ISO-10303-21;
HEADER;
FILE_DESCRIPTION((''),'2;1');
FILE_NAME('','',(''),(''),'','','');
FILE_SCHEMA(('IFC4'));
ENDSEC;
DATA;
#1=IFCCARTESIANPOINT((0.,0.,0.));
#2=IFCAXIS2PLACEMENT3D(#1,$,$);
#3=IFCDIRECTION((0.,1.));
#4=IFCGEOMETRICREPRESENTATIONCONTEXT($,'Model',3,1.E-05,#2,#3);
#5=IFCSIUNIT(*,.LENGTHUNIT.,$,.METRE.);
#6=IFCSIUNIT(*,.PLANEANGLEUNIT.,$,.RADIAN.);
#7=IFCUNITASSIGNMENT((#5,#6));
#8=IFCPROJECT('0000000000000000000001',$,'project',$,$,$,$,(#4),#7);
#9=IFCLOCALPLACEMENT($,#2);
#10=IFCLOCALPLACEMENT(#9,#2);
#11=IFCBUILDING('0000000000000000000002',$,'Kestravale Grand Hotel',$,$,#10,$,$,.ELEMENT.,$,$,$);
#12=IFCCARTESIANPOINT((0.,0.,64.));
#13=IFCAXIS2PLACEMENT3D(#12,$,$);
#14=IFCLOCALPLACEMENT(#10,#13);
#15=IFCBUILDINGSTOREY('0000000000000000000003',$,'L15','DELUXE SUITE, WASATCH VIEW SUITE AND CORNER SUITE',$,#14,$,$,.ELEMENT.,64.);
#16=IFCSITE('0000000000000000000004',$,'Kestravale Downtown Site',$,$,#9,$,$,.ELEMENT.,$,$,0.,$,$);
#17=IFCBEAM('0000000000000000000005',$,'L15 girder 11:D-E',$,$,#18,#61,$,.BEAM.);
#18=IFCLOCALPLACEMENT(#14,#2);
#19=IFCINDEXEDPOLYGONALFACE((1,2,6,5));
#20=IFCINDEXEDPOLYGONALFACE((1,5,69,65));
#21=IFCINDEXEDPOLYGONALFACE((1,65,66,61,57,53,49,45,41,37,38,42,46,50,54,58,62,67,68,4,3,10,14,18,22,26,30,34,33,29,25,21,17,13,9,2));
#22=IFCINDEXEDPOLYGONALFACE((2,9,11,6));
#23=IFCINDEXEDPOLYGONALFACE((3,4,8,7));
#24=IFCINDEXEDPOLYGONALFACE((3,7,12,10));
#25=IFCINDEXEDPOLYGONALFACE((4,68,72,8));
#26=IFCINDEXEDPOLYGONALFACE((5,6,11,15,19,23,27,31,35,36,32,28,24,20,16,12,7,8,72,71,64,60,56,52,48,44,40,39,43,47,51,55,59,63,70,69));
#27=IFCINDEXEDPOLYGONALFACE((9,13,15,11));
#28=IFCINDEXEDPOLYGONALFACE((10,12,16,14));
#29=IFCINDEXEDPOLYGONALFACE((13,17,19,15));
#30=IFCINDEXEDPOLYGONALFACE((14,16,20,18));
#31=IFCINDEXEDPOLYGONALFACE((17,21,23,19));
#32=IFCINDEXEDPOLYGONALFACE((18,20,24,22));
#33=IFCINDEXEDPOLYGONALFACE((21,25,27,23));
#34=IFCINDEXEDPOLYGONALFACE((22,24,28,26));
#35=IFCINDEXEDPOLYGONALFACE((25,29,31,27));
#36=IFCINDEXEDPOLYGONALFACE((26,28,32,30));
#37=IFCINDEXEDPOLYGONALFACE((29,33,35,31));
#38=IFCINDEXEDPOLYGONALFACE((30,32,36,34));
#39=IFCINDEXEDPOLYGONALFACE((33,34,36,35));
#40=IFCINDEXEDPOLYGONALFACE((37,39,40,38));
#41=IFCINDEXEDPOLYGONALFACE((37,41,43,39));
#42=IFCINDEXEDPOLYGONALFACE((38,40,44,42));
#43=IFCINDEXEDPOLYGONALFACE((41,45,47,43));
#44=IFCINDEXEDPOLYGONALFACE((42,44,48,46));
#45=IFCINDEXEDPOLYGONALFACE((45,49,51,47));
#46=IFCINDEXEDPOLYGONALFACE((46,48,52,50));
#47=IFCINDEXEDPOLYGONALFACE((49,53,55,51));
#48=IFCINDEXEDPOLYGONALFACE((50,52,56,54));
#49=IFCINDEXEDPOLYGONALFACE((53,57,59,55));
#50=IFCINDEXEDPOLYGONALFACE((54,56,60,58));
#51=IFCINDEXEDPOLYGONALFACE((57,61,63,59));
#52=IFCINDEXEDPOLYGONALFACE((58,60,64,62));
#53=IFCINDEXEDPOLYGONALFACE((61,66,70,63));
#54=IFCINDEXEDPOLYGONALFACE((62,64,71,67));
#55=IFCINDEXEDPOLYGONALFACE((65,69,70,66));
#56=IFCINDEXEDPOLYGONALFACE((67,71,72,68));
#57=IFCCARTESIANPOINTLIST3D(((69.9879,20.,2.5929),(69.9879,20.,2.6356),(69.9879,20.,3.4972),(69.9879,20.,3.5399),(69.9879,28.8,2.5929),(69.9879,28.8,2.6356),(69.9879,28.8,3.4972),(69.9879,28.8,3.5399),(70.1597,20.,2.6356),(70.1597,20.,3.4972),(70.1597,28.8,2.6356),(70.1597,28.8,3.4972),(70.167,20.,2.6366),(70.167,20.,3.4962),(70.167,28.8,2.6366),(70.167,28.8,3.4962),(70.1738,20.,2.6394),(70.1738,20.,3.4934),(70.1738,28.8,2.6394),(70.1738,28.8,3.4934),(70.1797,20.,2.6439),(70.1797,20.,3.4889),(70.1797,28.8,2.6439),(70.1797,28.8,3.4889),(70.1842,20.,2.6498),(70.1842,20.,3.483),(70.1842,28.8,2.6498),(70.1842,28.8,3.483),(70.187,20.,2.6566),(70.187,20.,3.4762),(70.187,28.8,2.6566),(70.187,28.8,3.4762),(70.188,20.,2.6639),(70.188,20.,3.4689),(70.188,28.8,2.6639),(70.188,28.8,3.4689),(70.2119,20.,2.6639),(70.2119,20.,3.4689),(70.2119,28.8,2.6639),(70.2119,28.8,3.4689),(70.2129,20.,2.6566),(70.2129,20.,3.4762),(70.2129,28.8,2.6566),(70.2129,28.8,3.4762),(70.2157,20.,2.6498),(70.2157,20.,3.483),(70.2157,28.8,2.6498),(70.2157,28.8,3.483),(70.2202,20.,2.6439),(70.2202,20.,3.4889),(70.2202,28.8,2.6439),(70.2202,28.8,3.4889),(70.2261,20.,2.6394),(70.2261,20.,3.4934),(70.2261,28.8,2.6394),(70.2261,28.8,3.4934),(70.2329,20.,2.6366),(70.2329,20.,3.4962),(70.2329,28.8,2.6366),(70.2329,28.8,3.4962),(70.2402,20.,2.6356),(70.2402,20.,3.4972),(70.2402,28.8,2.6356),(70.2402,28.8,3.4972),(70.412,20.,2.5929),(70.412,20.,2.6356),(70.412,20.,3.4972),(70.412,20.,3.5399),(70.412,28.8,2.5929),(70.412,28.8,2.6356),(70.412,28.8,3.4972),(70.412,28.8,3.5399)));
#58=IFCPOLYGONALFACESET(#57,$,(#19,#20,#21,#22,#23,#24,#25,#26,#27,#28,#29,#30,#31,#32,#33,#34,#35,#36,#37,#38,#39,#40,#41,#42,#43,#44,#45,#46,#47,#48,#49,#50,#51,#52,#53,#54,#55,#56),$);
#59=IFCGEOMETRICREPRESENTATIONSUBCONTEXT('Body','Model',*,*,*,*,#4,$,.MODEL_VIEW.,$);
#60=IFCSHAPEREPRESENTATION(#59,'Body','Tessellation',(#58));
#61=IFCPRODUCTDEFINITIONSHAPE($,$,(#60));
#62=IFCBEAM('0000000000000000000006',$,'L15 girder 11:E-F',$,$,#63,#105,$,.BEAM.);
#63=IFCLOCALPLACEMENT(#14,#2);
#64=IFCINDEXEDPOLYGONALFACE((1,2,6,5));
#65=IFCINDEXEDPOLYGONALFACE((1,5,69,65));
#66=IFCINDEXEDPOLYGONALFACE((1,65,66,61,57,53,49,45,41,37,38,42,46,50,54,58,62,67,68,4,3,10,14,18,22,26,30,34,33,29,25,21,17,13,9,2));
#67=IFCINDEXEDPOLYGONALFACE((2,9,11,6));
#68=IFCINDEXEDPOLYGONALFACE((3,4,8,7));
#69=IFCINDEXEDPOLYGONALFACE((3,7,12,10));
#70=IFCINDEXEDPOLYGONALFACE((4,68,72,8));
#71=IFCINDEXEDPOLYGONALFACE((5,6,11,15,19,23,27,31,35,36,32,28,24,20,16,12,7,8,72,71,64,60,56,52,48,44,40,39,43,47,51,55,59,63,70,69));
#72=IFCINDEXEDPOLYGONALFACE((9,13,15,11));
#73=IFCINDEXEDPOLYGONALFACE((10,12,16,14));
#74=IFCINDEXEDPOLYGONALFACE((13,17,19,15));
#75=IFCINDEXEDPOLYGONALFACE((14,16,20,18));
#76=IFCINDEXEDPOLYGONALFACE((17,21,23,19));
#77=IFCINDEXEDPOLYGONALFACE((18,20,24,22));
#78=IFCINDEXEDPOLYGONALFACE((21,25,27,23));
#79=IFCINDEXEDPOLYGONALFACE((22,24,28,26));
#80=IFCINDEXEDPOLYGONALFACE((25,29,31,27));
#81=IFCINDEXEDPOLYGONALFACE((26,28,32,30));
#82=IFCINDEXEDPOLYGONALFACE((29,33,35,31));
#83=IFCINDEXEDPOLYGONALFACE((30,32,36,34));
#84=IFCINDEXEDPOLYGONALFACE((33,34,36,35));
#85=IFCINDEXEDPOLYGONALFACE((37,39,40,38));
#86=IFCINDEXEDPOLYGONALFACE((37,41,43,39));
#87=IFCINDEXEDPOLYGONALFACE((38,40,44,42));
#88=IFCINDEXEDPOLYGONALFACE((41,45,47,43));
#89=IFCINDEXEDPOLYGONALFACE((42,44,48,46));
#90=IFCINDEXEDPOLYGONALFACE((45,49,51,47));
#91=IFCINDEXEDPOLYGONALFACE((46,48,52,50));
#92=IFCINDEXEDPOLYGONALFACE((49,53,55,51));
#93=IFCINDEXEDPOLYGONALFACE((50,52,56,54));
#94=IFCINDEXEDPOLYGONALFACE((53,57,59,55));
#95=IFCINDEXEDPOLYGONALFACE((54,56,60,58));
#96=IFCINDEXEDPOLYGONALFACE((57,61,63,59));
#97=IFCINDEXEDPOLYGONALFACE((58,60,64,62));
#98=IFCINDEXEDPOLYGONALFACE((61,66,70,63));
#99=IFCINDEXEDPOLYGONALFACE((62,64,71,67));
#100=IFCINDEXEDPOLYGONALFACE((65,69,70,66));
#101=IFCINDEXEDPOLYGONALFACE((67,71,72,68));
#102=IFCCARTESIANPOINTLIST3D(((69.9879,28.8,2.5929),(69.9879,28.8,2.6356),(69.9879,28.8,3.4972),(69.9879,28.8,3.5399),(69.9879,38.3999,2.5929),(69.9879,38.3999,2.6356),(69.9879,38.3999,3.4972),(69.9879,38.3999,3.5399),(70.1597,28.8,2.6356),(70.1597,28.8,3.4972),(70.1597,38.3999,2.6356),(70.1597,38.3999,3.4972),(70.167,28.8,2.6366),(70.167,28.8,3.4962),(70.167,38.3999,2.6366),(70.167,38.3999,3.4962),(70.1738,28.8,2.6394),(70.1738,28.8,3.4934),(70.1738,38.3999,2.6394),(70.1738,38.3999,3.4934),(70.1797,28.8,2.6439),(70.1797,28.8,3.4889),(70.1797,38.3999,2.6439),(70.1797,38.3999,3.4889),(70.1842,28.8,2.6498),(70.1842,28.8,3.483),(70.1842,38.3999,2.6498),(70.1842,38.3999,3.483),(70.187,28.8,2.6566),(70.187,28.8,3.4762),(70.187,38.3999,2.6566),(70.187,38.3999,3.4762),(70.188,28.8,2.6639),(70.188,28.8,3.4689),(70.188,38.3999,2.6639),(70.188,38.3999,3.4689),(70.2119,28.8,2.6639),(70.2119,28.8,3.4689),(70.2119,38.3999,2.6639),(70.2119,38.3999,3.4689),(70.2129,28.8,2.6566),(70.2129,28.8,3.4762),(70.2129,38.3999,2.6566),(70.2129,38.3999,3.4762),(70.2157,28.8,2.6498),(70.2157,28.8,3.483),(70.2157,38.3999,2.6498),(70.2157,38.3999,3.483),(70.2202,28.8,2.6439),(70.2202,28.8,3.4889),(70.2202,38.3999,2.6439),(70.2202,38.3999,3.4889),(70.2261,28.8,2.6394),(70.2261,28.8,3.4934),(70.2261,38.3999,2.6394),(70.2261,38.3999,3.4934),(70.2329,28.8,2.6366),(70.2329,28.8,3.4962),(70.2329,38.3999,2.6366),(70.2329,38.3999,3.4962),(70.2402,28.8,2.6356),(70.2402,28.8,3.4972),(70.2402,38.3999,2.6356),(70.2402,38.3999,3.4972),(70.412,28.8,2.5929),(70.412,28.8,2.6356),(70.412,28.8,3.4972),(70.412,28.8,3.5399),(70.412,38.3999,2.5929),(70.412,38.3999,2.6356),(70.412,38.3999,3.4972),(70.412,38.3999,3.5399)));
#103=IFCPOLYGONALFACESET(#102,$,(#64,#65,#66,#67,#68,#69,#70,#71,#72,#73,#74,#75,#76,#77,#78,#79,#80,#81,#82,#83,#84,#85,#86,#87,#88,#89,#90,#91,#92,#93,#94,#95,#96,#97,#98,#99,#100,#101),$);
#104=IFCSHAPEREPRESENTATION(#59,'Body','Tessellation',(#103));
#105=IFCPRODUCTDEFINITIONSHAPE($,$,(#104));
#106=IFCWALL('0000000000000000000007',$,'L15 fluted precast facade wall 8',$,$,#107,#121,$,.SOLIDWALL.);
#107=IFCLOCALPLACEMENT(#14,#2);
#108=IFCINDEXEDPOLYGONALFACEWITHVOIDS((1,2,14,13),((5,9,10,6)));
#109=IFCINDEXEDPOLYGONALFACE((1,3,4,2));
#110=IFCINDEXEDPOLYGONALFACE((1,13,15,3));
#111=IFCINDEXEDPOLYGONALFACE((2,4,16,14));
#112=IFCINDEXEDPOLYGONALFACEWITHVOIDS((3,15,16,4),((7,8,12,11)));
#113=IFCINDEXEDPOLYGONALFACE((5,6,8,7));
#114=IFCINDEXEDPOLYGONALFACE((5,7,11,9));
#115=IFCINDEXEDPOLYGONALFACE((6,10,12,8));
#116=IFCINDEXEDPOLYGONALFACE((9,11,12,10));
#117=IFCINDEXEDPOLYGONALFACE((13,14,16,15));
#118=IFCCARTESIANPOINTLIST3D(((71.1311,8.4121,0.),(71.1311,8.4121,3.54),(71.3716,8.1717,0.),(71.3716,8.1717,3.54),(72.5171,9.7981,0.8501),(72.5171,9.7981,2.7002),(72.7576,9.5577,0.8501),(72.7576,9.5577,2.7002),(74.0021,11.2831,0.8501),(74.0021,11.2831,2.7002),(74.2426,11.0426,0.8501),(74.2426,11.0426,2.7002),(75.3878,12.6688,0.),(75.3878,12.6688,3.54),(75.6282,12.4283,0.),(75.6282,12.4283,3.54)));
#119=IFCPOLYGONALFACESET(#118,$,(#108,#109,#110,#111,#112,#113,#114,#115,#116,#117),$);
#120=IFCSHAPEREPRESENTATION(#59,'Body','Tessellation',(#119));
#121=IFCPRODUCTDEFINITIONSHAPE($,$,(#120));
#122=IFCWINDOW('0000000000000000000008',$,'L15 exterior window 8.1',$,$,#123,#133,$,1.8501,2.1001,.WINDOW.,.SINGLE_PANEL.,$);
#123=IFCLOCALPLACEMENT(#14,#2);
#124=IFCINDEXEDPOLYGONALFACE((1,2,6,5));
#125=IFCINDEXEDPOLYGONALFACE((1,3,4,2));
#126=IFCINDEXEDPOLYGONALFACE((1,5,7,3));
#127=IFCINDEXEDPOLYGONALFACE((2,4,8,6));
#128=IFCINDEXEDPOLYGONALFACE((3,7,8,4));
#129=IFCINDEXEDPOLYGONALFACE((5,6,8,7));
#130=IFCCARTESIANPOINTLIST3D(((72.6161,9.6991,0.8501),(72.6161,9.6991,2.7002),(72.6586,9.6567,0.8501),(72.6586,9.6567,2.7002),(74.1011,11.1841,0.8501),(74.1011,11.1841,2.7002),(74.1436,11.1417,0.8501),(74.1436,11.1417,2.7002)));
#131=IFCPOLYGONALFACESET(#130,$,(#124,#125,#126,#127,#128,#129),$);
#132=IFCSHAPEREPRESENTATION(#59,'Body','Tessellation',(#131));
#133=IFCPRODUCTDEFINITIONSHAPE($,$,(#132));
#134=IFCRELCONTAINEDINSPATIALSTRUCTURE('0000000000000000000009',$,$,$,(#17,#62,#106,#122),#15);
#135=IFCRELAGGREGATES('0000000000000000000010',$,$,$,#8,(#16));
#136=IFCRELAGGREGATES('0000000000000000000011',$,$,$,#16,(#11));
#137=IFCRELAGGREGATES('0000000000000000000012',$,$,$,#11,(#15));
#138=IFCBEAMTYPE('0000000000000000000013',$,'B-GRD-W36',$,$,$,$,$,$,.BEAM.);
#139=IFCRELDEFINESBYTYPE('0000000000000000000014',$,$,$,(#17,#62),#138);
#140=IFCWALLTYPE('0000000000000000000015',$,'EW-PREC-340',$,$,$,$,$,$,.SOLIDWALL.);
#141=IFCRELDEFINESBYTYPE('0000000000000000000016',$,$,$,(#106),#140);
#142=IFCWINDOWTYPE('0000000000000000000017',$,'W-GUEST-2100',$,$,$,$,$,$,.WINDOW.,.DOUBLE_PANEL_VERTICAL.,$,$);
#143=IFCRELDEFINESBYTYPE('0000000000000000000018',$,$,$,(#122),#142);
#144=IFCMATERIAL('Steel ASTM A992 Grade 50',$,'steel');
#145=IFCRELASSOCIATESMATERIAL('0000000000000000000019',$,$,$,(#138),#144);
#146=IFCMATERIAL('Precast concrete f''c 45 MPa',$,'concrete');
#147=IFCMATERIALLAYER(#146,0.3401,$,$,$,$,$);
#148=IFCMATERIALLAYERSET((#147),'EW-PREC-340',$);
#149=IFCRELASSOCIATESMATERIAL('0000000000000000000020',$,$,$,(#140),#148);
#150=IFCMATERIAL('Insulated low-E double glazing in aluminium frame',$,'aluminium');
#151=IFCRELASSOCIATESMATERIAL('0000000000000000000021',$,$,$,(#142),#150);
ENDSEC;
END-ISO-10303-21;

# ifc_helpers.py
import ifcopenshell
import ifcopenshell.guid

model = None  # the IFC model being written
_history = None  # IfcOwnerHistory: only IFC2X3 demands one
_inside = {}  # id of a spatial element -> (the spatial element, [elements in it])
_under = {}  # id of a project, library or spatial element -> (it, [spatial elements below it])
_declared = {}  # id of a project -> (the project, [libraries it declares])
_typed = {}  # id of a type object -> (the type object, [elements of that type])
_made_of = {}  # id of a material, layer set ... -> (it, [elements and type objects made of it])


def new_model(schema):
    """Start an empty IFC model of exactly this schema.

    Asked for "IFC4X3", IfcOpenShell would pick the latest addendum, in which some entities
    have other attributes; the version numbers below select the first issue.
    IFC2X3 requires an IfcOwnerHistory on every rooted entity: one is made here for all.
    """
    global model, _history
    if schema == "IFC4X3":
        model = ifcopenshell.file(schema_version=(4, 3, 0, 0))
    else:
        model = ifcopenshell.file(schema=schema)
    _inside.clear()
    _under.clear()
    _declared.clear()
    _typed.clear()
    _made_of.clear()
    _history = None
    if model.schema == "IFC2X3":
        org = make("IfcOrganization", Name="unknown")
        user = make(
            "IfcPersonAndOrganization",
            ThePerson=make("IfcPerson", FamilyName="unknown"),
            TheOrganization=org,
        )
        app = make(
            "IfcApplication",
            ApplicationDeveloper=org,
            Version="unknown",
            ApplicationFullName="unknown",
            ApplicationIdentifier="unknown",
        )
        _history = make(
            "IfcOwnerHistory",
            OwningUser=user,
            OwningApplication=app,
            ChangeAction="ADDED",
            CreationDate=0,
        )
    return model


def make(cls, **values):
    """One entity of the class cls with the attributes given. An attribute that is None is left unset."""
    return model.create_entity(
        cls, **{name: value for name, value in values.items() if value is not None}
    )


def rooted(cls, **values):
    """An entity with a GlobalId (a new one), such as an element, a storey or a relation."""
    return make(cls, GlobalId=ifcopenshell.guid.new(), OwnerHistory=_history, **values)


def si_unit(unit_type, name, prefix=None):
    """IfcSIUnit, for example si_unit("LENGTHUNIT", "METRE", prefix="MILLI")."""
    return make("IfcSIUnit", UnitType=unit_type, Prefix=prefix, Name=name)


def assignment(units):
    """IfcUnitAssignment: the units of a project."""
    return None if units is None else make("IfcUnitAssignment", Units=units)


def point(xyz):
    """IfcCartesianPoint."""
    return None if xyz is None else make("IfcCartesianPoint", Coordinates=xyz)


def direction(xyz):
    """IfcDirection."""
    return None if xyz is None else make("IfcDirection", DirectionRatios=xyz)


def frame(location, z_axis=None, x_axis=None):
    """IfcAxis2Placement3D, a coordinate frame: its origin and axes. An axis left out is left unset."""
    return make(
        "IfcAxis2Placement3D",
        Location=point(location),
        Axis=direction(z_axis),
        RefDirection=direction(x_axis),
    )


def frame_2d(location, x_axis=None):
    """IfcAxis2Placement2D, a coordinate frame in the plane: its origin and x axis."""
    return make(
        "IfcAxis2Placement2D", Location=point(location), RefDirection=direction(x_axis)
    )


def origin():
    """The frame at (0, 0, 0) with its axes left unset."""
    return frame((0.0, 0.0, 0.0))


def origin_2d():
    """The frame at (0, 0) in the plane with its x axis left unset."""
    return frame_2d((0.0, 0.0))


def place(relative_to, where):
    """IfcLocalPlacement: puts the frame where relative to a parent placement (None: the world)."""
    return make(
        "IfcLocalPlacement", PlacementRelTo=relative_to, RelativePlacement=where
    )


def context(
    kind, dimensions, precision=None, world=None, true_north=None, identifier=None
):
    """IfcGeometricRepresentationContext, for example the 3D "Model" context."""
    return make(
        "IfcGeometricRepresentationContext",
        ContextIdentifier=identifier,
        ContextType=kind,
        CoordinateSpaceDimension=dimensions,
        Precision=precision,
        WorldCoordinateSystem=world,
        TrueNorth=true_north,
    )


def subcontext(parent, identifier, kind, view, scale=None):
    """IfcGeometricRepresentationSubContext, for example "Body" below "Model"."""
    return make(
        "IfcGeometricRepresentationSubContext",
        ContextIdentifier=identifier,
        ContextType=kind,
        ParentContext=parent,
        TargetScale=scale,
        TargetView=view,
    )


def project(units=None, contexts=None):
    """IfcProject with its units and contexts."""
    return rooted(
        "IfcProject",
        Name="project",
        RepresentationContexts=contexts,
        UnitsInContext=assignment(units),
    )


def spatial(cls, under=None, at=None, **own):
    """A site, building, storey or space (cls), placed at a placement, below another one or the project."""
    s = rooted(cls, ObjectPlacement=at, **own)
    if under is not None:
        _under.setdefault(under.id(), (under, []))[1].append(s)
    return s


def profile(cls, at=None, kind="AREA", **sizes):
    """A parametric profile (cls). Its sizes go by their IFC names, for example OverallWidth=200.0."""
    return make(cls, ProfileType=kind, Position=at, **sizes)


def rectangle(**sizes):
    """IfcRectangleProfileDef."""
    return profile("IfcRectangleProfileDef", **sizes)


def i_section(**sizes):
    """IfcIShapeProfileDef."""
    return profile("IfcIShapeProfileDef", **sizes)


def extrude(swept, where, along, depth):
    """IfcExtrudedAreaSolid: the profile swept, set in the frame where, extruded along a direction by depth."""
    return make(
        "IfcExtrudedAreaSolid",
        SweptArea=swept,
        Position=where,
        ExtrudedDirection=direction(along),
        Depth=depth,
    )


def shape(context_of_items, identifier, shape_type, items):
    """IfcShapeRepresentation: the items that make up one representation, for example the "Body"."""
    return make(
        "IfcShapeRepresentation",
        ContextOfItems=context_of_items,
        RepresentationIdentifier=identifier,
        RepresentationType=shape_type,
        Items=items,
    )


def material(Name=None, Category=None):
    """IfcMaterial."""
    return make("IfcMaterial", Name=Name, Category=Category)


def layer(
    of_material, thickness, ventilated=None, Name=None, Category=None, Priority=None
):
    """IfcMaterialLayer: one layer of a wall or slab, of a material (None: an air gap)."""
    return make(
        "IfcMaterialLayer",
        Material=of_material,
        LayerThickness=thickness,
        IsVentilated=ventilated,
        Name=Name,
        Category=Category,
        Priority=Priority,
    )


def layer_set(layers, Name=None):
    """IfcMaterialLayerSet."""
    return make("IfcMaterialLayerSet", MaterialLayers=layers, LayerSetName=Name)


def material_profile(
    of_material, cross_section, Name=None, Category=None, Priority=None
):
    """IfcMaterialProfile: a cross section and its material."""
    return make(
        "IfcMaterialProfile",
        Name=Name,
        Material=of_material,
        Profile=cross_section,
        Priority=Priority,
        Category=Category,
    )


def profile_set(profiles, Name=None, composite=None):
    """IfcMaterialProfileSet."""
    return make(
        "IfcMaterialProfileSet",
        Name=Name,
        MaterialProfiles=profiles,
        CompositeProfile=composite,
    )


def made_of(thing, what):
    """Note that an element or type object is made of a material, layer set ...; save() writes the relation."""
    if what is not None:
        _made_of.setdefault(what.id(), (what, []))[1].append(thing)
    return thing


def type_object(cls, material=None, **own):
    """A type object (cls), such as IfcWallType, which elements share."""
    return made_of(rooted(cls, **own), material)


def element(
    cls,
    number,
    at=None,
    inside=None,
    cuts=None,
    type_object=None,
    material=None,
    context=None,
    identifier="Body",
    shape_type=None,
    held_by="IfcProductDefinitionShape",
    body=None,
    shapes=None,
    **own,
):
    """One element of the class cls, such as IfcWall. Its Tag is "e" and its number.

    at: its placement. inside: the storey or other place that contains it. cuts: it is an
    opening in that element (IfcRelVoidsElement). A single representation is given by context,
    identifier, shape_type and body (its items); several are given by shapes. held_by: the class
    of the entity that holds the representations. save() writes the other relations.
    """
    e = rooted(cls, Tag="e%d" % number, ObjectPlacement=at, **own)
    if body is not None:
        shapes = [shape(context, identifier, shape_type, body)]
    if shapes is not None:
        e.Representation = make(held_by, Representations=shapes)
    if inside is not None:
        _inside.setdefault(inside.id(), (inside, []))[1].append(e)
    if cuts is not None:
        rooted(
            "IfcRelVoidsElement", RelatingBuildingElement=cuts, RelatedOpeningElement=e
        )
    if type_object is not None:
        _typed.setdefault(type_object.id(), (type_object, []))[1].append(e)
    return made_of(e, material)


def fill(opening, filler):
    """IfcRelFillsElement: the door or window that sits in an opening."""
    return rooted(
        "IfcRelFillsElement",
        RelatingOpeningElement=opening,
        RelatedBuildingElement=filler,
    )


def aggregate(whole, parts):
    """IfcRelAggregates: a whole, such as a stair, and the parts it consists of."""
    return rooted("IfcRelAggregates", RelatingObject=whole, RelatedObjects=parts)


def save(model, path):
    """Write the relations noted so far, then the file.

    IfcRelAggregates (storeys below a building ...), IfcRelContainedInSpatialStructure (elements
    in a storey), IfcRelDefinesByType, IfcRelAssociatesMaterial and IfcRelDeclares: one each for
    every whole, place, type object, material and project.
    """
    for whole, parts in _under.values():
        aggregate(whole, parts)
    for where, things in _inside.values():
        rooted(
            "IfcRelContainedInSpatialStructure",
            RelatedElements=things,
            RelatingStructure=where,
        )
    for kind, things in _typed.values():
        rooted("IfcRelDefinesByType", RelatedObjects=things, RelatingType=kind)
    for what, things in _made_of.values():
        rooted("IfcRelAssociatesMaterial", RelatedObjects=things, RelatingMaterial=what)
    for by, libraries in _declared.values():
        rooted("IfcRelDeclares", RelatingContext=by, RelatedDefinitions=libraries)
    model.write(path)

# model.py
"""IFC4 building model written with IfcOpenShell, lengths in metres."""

from ifc_helpers import new_model, si_unit, direction, frame, frame_2d, origin, origin_2d, place, context, subcontext, project, spatial, rectangle, i_section, extrude, material, layer, layer_set, material_profile, profile_set, type_object, element, fill, save


model = new_model("IFC4")

# Units and contexts
model_context = context("Model", 3, precision=1e-05, world=origin(), true_north=direction((0.0, 1.0)))
body_context = subcontext(model_context, "Body", "Model", "MODEL_VIEW")
ifc_project = project(units=[si_unit("LENGTHUNIT", "METRE"), si_unit("PLANEANGLEUNIT", "RADIAN")], contexts=[model_context])

# Site, building, storey
site_placement = place(None, origin())
site = spatial("IfcSite", under=ifc_project, at=site_placement, Name="Kestravale Downtown Site", CompositionType="ELEMENT", RefElevation=0.0)
building_placement = place(site_placement, origin())
building = spatial("IfcBuilding", under=site, at=building_placement, Name="Kestravale Grand Hotel", CompositionType="ELEMENT")
storey_placement = place(building_placement, frame((0.0, 0.0, 64.0)))
storey = spatial("IfcBuildingStorey", under=building, at=storey_placement, Name="L15", Description="DELUXE SUITE, WASATCH VIEW SUITE AND CORNER SUITE", CompositionType="ELEMENT", Elevation=64.0)

# Beams
ifc_material_1 = material(Name="Steel ASTM A992 Grade 50", Category="steel")
ifc_material_profile_1 = material_profile(ifc_material_1, i_section(OverallWidth=0.4241, OverallDepth=0.947, WebThickness=0.0239, FlangeThickness=0.0427, FilletRadius=0.0283, at=origin_2d()))
ifc_profile_set_1 = profile_set([ifc_material_profile_1], Name="Steel ASTM A992 Grade 50")
beam_type_1 = type_object("IfcBeamType", Name="B-GRD-W36", PredefinedType="BEAM", material=ifc_profile_set_1)
beam_1_placement = place(storey_placement, frame((70.2, 20.0, 3.0664), z_axis=(0.0, 1.0, 0.0), x_axis=(-1.0, 0.0, 0.0)))
element("IfcBeam", 1, at=beam_1_placement, inside=storey, type_object=beam_type_1, Name="L15 girder 11:D-E", PredefinedType="BEAM", context=body_context, shape_type="SweptSolid", body=[
    extrude(i_section(OverallWidth=0.4241, OverallDepth=0.947, WebThickness=0.0239, FlangeThickness=0.0427, FilletRadius=0.0283, at=origin_2d()), origin(), (0.0, 0.0, 1.0), 8.8),
])
beam_2_placement = place(storey_placement, frame((70.2, 28.8, 3.0664), z_axis=(0.0, 1.0, 0.0), x_axis=(-1.0, 0.0, 0.0)))
element("IfcBeam", 2, at=beam_2_placement, inside=storey, type_object=beam_type_1, Name="L15 girder 11:E-F", PredefinedType="BEAM", context=body_context, shape_type="SweptSolid", body=[
    extrude(i_section(OverallWidth=0.4241, OverallDepth=0.947, WebThickness=0.0239, FlangeThickness=0.0427, FilletRadius=0.0283, at=origin_2d()), origin(), (0.0, 0.0, 1.0), 9.5999),
])

# Wall, opening, window
ifc_material_2 = material(Name="Precast concrete f'c 45 MPa", Category="concrete")
ifc_layer_1 = layer(ifc_material_2, 0.3401)
ifc_layer_set_1 = layer_set([ifc_layer_1], Name="EW-PREC-340")
wall_type_1 = type_object("IfcWallType", Name="EW-PREC-340", PredefinedType="SOLIDWALL", material=ifc_layer_set_1)
wall_1_placement = place(storey_placement, frame((71.2515, 8.292, 0.0), z_axis=(0.0, 0.0, 1.0), x_axis=(0.707107, 0.707107, 0.0)))
wall_1 = element("IfcWall", 3, at=wall_1_placement, inside=storey, type_object=wall_type_1, Name="L15 fluted precast facade wall 8", PredefinedType="SOLIDWALL", context=body_context, shape_type="SweptSolid", body=[
    extrude(rectangle(XDim=6.0198, YDim=0.3401, at=frame_2d((3.0098, 0.0))), origin(), (0.0, 0.0, 1.0), 3.54),
])
opening_1_placement = place(wall_1_placement, frame((1.96, 0.0, 0.8501)))
opening_1 = element("IfcOpeningElement", 4, at=opening_1_placement, cuts=wall_1, PredefinedType="OPENING", context=body_context, shape_type="SweptSolid", body=[
    extrude(rectangle(XDim=2.1001, YDim=1.8501, at=frame_2d((1.05, 0.925))), frame((0.0, 0.1799, 0.0), z_axis=(0.0, -1.0, 0.0), x_axis=(1.0, 0.0, 0.0)), (0.0, 0.0, 1.0), 0.3601),
])
ifc_material_3 = material(Name="Insulated low-E double glazing in aluminium frame", Category="aluminium")
window_type = type_object("IfcWindowType", Name="W-GUEST-2100", PartitioningType="DOUBLE_PANEL_VERTICAL", PredefinedType="WINDOW", material=ifc_material_3)
window_1_placement = place(opening_1_placement, origin())
window_1 = element("IfcWindow", 5, at=window_1_placement, inside=storey, type_object=window_type, Name="L15 exterior window 8.1", OverallHeight=1.8501, OverallWidth=2.1001, PartitioningType="SINGLE_PANEL", PredefinedType="WINDOW", context=body_context, shape_type="SweptSolid", body=[
    extrude(rectangle(XDim=2.1001, YDim=1.8501, at=frame_2d((1.05, 0.925))), frame((0.0, 0.03, 0.0), z_axis=(0.0, -1.0, 0.0), x_axis=(1.0, 0.0, 0.0)), (0.0, 0.0, 1.0), 0.0601),
])
fill(opening_1, window_1)

save(model, "model.ifc")
